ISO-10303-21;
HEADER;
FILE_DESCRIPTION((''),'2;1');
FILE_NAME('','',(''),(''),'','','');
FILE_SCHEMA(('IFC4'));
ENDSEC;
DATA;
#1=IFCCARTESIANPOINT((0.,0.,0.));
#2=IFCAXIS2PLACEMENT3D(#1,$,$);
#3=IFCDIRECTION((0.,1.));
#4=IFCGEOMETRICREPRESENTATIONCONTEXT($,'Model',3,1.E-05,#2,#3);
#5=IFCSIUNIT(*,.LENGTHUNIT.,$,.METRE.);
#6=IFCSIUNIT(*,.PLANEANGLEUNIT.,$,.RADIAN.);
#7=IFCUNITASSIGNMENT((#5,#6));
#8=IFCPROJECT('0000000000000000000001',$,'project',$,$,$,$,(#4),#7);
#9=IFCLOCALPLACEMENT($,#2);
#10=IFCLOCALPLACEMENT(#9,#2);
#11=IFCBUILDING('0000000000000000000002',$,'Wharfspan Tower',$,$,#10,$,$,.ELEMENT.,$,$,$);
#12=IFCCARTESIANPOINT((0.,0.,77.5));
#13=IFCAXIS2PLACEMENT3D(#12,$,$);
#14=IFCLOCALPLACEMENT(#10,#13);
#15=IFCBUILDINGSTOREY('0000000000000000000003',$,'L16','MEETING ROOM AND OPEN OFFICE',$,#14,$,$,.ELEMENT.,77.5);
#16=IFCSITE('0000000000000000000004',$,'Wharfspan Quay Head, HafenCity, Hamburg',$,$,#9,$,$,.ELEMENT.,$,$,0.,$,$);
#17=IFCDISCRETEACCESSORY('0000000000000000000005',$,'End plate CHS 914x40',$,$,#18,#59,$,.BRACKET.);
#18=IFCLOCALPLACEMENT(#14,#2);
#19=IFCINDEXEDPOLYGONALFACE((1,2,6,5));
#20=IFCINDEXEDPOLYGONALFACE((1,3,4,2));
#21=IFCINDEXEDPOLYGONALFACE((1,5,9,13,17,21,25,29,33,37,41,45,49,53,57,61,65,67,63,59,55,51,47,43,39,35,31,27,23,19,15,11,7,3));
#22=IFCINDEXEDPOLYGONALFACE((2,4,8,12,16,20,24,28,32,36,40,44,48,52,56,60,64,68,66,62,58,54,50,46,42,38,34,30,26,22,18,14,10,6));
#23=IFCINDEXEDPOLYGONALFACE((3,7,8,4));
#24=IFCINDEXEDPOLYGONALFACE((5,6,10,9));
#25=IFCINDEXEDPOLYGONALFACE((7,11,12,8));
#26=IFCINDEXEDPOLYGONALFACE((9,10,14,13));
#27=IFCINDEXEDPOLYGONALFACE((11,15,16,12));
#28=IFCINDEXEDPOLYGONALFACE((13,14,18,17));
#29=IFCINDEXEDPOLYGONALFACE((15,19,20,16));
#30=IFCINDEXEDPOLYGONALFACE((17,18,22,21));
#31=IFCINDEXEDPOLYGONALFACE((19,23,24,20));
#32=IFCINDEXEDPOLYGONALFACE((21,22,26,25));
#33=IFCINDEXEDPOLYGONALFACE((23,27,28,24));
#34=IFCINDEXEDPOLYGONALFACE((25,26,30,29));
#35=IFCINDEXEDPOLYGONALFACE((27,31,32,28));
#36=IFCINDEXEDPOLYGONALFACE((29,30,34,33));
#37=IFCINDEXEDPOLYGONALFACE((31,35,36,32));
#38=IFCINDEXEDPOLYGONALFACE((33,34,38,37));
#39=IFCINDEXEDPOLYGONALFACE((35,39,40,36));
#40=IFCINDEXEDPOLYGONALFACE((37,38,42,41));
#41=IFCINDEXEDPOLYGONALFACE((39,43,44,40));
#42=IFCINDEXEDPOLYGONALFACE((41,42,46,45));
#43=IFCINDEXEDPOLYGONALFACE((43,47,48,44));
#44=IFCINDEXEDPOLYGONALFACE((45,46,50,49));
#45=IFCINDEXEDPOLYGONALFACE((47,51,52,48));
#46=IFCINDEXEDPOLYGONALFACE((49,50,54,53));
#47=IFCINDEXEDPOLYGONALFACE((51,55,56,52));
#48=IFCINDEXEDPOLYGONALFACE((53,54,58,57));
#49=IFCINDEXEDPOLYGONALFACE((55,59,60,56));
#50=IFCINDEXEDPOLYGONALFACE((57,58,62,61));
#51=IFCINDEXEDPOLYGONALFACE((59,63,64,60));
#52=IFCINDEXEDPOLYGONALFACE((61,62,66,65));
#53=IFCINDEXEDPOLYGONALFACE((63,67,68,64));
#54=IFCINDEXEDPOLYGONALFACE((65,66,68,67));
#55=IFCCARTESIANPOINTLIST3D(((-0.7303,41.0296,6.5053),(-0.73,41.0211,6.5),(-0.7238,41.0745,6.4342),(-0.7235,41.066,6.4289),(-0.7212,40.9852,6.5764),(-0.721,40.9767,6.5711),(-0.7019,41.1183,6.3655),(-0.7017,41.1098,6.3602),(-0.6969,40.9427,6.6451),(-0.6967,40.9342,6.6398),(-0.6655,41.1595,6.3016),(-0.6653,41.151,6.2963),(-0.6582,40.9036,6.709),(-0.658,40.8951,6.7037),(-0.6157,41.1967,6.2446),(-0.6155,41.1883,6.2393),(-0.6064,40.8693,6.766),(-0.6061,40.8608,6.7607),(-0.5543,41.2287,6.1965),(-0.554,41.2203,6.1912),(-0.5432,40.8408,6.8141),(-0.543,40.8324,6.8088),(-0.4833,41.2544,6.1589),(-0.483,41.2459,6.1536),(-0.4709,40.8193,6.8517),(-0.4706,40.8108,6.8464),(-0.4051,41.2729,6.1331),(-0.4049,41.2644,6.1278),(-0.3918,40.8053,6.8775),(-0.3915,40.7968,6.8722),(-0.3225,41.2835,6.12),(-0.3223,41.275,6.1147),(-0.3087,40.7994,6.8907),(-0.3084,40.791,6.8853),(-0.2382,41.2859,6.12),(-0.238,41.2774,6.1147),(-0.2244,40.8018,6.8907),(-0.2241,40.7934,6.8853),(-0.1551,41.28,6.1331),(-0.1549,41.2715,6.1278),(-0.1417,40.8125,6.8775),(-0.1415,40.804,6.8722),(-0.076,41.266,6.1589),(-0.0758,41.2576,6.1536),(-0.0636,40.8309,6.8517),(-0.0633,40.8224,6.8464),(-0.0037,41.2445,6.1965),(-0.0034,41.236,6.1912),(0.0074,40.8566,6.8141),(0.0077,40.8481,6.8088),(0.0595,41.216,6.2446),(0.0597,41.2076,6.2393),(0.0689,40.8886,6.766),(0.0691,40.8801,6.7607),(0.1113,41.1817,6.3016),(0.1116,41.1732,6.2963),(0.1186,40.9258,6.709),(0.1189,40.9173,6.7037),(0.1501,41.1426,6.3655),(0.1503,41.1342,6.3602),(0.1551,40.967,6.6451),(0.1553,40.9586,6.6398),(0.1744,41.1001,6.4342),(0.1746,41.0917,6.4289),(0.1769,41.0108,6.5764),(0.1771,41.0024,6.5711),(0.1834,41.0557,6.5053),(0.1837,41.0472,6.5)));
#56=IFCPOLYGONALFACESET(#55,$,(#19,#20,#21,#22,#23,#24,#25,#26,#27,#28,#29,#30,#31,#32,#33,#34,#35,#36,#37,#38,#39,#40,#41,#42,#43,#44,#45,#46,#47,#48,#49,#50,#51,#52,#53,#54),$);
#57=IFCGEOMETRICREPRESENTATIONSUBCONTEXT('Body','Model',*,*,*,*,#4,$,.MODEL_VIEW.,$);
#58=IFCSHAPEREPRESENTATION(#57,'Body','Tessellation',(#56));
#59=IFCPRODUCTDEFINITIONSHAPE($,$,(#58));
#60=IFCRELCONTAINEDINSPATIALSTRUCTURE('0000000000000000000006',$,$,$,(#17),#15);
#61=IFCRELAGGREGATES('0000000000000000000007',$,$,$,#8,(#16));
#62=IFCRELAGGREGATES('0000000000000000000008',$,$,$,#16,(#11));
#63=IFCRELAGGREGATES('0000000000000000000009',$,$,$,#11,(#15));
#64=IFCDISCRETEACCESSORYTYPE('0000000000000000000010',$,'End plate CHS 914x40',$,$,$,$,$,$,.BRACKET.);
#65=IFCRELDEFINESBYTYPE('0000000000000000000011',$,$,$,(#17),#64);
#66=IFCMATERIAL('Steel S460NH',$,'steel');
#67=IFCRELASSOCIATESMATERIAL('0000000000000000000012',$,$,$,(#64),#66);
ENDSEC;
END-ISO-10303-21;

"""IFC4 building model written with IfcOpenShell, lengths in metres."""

from ifc_helpers import new_model, si_unit, direction, frame, origin, origin_2d, place, context, subcontext, project, spatial, circle, extrude, material, material_profile, profile_set, type_object, element, save


model = new_model("IFC4")

# Units and contexts
model_context = context("Model", 3, precision=1e-05, world=origin(), true_north=direction((0.0, 1.0)))
body_context = subcontext(model_context, "Body", "Model", "MODEL_VIEW")
ifc_project = project(units=[si_unit("LENGTHUNIT", "METRE"), si_unit("PLANEANGLEUNIT", "RADIAN")], contexts=[model_context])

# Site, building, storey
site_placement = place(None, origin())
site = spatial("IfcSite", under=ifc_project, at=site_placement, Name="Wharfspan Quay Head, HafenCity, Hamburg", CompositionType="ELEMENT", RefElevation=0.0)
building_placement = place(site_placement, origin())
building = spatial("IfcBuilding", under=site, at=building_placement, Name="Wharfspan Tower", CompositionType="ELEMENT")
storey_placement = place(building_placement, frame((0.0, 0.0, 77.5)))
storey = spatial("IfcBuildingStorey", under=building, at=storey_placement, Name="L16", Description="MEETING ROOM AND OPEN OFFICE", CompositionType="ELEMENT", Elevation=77.5)

# Shared definitions
ifc_material_1 = material(Name="Steel S460NH", Category="steel")

# Discrete accessory
ifc_material_profile_1 = material_profile(ifc_material_1, circle(Radius=0.457, at=origin_2d()))
ifc_profile_set_1 = profile_set([ifc_material_profile_1], Name="Steel S460NH")
discrete_accessory_type = type_object("IfcDiscreteAccessoryType", Name="End plate CHS 914x40", PredefinedType="BRACKET", material=ifc_profile_set_1)
for number, where, z_axis, x_axis, name in (
    (1, (-0.2732, 41.0342, 6.5), (-0.024183, 0.846389, 0.532016), (-0.999594, -0.028561, 0.000001), "End plate CHS 914x40"),
):
    element("IfcDiscreteAccessory", number, at=place(storey_placement, frame(where, z_axis=z_axis, x_axis=x_axis)), inside=storey, type_object=discrete_accessory_type, Name=name, PredefinedType="BRACKET", context=body_context, shape_type="SweptSolid", body=[
        extrude(circle(Radius=0.457, at=origin_2d()), origin(), (0.0, 0.0, 1.0), 0.01),
    ])

save(model, "model.ifc")
